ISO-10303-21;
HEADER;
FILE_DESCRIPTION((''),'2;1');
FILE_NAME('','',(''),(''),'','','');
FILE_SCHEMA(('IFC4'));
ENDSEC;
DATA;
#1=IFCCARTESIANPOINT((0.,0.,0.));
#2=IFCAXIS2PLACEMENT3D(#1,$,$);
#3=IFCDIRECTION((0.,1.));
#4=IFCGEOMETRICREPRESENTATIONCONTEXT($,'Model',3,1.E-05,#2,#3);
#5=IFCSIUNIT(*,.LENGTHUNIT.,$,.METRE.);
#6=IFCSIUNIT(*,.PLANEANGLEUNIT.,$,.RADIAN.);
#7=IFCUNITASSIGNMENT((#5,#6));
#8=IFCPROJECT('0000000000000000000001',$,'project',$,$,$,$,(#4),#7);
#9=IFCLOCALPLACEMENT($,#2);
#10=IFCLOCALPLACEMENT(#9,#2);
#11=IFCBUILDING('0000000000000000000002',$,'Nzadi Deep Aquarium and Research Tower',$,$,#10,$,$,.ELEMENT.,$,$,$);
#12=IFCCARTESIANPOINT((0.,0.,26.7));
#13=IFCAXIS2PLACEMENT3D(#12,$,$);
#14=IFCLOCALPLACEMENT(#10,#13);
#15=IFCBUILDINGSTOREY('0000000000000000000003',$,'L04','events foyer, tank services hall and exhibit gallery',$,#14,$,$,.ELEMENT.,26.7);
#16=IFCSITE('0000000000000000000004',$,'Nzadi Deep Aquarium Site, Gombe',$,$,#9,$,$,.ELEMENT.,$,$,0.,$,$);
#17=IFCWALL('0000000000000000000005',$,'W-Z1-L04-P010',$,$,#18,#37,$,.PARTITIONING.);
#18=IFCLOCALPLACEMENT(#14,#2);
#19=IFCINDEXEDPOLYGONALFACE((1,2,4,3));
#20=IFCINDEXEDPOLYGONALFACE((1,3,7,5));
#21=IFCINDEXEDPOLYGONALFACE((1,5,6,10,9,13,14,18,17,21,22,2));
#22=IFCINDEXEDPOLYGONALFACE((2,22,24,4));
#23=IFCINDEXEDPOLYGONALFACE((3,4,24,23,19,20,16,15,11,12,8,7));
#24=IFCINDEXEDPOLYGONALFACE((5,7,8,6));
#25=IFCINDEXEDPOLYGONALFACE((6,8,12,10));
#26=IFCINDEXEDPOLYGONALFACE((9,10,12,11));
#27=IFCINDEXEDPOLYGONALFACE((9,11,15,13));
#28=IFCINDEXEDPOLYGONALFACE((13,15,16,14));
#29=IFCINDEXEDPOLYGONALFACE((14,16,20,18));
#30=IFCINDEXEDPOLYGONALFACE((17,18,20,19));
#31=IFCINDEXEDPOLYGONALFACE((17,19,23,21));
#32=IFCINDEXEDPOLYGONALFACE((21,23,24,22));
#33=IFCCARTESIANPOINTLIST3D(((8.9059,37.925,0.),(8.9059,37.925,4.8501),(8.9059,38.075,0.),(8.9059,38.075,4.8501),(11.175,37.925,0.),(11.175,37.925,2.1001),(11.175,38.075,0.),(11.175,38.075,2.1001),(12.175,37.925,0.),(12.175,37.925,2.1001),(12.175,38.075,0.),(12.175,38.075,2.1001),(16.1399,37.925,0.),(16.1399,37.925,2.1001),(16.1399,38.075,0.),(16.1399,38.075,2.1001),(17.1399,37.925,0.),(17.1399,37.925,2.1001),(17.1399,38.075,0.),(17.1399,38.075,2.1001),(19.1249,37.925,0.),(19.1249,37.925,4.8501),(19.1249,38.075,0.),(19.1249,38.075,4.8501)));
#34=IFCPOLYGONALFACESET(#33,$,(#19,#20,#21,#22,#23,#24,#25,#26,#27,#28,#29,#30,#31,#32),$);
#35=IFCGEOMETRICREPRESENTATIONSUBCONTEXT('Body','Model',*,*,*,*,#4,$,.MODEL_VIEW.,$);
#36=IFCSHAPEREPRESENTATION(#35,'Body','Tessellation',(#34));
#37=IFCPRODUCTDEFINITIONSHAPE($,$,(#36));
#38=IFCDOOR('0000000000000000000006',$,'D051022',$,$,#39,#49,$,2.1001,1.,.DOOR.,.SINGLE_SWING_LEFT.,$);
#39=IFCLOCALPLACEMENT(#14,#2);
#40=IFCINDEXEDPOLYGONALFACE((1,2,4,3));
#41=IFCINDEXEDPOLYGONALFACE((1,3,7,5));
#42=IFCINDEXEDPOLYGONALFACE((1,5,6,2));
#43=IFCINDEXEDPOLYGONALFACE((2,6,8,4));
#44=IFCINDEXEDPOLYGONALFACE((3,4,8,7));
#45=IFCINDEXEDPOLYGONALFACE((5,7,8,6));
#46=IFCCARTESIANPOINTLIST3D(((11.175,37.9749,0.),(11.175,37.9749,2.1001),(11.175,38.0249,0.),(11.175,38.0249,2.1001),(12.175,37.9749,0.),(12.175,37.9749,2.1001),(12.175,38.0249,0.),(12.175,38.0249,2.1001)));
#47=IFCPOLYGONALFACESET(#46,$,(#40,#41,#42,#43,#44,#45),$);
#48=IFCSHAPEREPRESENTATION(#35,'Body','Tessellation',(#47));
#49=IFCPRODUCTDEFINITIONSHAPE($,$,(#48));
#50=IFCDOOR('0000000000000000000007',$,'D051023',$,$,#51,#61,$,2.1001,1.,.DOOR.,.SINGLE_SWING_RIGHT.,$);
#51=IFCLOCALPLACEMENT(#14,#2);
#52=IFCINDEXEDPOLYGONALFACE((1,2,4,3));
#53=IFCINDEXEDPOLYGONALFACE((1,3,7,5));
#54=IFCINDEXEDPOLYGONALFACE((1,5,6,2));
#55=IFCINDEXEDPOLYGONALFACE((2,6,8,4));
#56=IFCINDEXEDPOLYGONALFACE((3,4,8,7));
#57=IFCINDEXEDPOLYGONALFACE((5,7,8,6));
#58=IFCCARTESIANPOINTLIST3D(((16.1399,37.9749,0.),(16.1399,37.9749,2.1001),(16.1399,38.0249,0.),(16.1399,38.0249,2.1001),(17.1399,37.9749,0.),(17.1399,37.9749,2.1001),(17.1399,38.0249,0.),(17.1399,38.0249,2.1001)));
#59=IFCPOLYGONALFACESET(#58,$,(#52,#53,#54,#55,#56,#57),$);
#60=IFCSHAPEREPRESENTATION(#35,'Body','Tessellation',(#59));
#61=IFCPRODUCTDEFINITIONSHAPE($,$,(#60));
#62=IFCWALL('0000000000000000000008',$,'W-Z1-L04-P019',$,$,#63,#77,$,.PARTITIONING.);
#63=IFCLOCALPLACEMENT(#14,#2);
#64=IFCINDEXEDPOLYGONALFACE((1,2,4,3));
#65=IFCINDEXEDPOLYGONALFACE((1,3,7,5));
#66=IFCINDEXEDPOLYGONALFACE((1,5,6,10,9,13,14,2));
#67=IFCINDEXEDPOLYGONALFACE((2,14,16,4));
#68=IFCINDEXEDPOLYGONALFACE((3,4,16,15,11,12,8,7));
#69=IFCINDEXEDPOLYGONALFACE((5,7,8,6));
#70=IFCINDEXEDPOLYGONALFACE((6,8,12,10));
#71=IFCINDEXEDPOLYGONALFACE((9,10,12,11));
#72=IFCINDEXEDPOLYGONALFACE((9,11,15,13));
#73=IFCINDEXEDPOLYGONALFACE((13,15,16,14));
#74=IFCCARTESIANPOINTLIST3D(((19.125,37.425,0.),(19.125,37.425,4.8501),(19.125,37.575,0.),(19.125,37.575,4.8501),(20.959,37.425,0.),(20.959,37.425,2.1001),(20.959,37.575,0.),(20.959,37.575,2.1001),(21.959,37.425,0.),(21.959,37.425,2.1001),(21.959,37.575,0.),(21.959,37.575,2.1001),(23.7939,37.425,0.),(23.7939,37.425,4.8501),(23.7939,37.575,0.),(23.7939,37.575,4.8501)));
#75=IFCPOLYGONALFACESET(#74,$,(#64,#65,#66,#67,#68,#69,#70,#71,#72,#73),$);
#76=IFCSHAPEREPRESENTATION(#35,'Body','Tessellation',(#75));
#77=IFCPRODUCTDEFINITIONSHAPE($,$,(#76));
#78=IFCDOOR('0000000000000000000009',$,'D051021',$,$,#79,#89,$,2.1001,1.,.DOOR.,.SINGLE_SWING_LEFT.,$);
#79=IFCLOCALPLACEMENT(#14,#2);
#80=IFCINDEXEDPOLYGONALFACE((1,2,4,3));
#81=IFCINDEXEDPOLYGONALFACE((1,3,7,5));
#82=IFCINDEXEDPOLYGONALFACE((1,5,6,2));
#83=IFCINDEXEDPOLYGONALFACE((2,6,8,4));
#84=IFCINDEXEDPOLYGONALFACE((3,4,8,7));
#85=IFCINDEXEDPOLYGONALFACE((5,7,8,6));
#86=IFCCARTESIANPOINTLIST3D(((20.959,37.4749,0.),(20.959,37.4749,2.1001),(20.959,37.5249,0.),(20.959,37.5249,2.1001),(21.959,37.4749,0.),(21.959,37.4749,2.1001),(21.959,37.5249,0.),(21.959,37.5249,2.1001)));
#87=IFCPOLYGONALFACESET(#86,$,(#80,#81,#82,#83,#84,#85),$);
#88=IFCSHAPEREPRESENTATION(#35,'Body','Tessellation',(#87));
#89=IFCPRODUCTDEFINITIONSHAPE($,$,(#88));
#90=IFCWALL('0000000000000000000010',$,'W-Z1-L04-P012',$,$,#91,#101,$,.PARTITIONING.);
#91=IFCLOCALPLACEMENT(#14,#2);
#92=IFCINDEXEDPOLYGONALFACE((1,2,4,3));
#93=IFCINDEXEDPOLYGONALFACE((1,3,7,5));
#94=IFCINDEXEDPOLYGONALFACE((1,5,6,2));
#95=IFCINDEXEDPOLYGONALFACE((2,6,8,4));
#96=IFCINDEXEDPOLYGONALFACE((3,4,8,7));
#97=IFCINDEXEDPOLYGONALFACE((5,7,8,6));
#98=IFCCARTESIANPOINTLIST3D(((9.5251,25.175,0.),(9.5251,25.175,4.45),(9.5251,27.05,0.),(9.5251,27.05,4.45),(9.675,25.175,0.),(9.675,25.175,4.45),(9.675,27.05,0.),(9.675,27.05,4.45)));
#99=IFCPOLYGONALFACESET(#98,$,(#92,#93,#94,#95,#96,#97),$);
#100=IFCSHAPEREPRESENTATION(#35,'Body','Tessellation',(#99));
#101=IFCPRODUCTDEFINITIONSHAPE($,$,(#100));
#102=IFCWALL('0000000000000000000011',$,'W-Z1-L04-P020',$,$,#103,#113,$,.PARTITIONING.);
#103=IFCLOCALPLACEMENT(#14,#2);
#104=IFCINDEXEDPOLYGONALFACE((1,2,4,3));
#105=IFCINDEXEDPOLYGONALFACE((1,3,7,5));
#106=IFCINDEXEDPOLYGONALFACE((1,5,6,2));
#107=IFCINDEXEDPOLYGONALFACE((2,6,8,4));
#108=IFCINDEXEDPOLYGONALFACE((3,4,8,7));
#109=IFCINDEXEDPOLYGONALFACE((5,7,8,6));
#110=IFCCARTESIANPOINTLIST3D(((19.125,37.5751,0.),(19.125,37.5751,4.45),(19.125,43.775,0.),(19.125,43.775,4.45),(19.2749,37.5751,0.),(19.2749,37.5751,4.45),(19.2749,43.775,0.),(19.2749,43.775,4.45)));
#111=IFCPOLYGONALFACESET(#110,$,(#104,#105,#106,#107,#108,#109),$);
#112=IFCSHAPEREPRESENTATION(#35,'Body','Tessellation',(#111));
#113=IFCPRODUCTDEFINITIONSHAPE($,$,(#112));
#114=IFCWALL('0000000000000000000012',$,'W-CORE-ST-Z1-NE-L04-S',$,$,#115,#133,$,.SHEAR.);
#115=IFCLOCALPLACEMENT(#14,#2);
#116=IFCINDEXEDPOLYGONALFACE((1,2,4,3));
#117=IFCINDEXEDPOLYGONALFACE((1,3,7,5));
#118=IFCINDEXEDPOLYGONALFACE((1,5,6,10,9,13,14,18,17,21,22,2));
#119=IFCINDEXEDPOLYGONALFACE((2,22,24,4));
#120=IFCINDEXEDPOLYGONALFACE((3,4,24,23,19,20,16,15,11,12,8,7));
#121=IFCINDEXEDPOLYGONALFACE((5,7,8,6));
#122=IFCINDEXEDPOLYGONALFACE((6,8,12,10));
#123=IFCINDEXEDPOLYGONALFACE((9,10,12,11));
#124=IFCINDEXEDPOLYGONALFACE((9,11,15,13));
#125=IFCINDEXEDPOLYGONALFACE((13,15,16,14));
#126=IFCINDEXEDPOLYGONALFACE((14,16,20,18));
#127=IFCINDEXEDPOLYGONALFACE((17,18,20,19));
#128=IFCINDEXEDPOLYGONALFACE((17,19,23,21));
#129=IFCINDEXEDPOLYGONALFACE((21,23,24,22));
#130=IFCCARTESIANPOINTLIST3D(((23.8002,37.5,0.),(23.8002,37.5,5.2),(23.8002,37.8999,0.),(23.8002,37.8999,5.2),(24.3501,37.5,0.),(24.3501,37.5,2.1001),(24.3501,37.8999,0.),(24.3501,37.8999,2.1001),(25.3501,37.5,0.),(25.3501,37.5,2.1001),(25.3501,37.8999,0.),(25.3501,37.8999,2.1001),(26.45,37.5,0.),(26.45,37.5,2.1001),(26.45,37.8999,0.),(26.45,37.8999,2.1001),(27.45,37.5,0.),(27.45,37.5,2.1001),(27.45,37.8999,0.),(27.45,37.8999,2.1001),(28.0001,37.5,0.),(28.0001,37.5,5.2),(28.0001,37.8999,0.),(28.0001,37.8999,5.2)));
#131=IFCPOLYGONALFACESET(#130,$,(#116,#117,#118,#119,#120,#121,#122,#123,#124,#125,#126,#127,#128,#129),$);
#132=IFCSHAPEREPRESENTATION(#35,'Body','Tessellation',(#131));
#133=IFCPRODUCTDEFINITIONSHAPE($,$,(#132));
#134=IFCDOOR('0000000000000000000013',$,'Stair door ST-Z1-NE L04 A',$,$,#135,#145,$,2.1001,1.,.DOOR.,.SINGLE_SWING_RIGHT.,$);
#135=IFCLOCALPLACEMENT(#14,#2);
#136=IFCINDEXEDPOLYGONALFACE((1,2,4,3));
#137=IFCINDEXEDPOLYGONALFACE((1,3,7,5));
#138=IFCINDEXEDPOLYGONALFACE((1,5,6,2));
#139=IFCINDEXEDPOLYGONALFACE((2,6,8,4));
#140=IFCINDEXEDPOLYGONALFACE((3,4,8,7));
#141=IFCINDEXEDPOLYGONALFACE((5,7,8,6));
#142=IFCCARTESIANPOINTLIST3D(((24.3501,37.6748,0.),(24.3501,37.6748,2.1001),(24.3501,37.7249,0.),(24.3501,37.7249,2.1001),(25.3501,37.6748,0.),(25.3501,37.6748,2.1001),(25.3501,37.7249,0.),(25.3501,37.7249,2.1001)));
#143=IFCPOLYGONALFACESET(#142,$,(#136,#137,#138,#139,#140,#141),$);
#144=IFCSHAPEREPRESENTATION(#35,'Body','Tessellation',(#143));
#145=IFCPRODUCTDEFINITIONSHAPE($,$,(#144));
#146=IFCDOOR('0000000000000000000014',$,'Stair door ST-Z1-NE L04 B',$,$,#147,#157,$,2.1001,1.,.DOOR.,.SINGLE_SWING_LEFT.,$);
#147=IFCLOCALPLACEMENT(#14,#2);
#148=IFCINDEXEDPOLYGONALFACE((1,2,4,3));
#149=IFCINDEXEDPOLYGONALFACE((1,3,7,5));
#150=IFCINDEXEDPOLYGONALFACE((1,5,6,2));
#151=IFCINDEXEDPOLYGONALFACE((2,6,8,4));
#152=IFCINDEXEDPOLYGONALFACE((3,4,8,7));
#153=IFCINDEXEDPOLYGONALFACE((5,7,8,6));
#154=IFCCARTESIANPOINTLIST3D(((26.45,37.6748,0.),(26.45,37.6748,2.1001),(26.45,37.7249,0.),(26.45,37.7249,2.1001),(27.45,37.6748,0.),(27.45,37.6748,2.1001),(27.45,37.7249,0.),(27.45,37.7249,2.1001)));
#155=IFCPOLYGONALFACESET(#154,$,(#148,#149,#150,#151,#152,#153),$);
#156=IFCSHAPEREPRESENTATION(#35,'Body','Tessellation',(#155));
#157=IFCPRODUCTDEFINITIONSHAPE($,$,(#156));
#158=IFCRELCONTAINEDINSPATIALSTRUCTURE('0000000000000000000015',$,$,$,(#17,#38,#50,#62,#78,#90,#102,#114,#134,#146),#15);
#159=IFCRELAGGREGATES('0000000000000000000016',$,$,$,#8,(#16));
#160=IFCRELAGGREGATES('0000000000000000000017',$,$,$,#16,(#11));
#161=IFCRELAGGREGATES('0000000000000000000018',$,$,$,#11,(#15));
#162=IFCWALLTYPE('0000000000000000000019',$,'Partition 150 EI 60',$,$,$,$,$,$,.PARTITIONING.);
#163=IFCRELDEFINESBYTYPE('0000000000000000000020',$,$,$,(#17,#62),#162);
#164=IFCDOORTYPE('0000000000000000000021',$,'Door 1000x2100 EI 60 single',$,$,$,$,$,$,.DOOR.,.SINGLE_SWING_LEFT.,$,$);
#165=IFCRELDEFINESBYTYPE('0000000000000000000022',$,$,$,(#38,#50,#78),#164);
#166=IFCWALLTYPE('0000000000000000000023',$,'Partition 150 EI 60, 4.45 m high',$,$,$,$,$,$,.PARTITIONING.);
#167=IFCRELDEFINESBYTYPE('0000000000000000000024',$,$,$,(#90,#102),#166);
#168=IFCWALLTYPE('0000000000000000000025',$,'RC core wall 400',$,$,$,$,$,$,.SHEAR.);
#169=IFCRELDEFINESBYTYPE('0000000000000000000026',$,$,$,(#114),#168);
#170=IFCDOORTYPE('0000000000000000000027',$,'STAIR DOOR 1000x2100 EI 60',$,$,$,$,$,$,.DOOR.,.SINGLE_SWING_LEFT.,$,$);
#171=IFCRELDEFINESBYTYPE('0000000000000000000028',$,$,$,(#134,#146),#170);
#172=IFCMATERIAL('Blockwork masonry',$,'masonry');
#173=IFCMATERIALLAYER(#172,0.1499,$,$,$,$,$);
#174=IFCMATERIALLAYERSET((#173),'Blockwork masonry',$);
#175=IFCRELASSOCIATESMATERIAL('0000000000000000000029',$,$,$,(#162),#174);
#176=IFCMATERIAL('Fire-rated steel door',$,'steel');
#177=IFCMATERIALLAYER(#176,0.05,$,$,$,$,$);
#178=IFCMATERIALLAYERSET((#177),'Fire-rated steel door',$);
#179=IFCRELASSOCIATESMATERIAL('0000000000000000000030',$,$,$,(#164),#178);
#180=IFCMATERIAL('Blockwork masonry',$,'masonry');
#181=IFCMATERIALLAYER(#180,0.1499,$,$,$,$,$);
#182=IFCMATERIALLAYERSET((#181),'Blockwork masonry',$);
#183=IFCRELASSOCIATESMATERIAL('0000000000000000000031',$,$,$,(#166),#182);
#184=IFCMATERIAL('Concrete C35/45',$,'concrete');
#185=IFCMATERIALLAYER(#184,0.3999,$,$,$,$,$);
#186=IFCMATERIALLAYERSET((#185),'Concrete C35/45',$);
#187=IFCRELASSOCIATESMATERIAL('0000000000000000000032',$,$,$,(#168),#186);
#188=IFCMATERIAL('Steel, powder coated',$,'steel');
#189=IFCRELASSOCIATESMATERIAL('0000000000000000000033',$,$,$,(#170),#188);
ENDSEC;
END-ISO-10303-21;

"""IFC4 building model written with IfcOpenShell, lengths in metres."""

from ifc_helpers import new_model, si_unit, direction, frame, frame_2d, origin, place, context, subcontext, project, spatial, rectangle, extrude, material, layer, layer_set, type_object, element, fill, save


model = new_model("IFC4")

# Units and contexts
model_context = context("Model", 3, precision=1e-05, world=origin(), true_north=direction((0.0, 1.0)))
body_context = subcontext(model_context, "Body", "Model", "MODEL_VIEW")
ifc_project = project(units=[si_unit("LENGTHUNIT", "METRE"), si_unit("PLANEANGLEUNIT", "RADIAN")], contexts=[model_context])

# Site, building, storey
site_placement = place(None, origin())
site = spatial("IfcSite", under=ifc_project, at=site_placement, Name="Nzadi Deep Aquarium Site, Gombe", CompositionType="ELEMENT", RefElevation=0.0)
building_placement = place(site_placement, origin())
building = spatial("IfcBuilding", under=site, at=building_placement, Name="Nzadi Deep Aquarium and Research Tower", CompositionType="ELEMENT")
storey_placement = place(building_placement, frame((0.0, 0.0, 26.7)))
storey = spatial("IfcBuildingStorey", under=building, at=storey_placement, Name="L04", Description="events foyer, tank services hall and exhibit gallery", CompositionType="ELEMENT", Elevation=26.7)

# Wall, openings, doors
ifc_material_1 = material(Name="Blockwork masonry", Category="masonry")
ifc_layer_1 = layer(ifc_material_1, 0.1499)
ifc_layer_set_1 = layer_set([ifc_layer_1], Name="Blockwork masonry")
wall_type_1 = type_object("IfcWallType", Name="Partition 150 EI 60", PredefinedType="PARTITIONING", material=ifc_layer_set_1)
wall_1_placement = place(storey_placement, frame((8.906, 38.0, 0.0), z_axis=(0.0, 0.0, 1.0), x_axis=(1.0, 0.0, 0.0)))
wall_1 = element("IfcWall", 1, at=wall_1_placement, inside=storey, type_object=wall_type_1, Name="W-Z1-L04-P010", PredefinedType="PARTITIONING", context=body_context, shape_type="SweptSolid", body=[
    extrude(rectangle(XDim=10.219, YDim=0.1499, at=frame_2d((5.1094, 0.0))), origin(), (0.0, 0.0, 1.0), 4.8501),
])
opening_1_placement = place(wall_1_placement, frame((2.269, 0.0, 0.0)))
opening_1 = element("IfcOpeningElement", 2, at=opening_1_placement, cuts=wall_1, PredefinedType="OPENING", context=body_context, shape_type="SweptSolid", body=[
    extrude(rectangle(XDim=1.0, YDim=2.1001, at=frame_2d((0.5, 1.05))), frame((0.0, 0.085, 0.0), z_axis=(0.0, -1.0, 0.0), x_axis=(1.0, 0.0, 0.0)), (0.0, 0.0, 1.0), 0.1699),
])
opening_2_placement = place(wall_1_placement, frame((7.2339, 0.0, 0.0)))
opening_2 = element("IfcOpeningElement", 3, at=opening_2_placement, cuts=wall_1, PredefinedType="OPENING", context=body_context, shape_type="SweptSolid", body=[
    extrude(rectangle(XDim=1.0, YDim=2.1001, at=frame_2d((0.5, 1.05))), frame((0.0, 0.085, 0.0), z_axis=(0.0, -1.0, 0.0), x_axis=(1.0, 0.0, 0.0)), (0.0, 0.0, 1.0), 0.1699),
])
ifc_material_2 = material(Name="Fire-rated steel door", Category="steel")
ifc_layer_2 = layer(ifc_material_2, 0.05)
ifc_layer_set_2 = layer_set([ifc_layer_2], Name="Fire-rated steel door")
door_type_1 = type_object("IfcDoorType", Name="Door 1000x2100 EI 60 single", OperationType="SINGLE_SWING_LEFT", PredefinedType="DOOR", material=ifc_layer_set_2)
door_1_placement = place(opening_1_placement, origin())
door_1 = element("IfcDoor", 4, at=door_1_placement, inside=storey, type_object=door_type_1, Name="D051022", OperationType="SINGLE_SWING_LEFT", OverallHeight=2.1001, OverallWidth=1.0, PredefinedType="DOOR", context=body_context, shape_type="SweptSolid", body=[
    extrude(rectangle(XDim=1.0, YDim=2.1001, at=frame_2d((0.5, 1.05))), frame((0.0, 0.0249, 0.0), z_axis=(0.0, -1.0, 0.0), x_axis=(1.0, 0.0, 0.0)), (0.0, 0.0, 1.0), 0.05),
])
fill(opening_1, door_1)
door_2_placement = place(opening_2_placement, origin())
door_2 = element("IfcDoor", 5, at=door_2_placement, inside=storey, type_object=door_type_1, Name="D051023", OperationType="SINGLE_SWING_RIGHT", OverallHeight=2.1001, OverallWidth=1.0, PredefinedType="DOOR", context=body_context, shape_type="SweptSolid", body=[
    extrude(rectangle(XDim=1.0, YDim=2.1001, at=frame_2d((0.5, 1.05))), frame((0.0, 0.0249, 0.0), z_axis=(0.0, -1.0, 0.0), x_axis=(1.0, 0.0, 0.0)), (0.0, 0.0, 1.0), 0.05),
])
fill(opening_2, door_2)

# Wall, opening, door
wall_2_placement = place(storey_placement, frame((19.125, 37.5, 0.0), z_axis=(0.0, 0.0, 1.0), x_axis=(1.0, 0.0, 0.0)))
wall_2 = element("IfcWall", 6, at=wall_2_placement, inside=storey, type_object=wall_type_1, Name="W-Z1-L04-P019", PredefinedType="PARTITIONING", context=body_context, shape_type="SweptSolid", body=[
    extrude(rectangle(XDim=4.6689, YDim=0.1499, at=frame_2d((2.3345, 0.0))), origin(), (0.0, 0.0, 1.0), 4.8501),
])
opening_3_placement = place(wall_2_placement, frame((1.834, 0.0, 0.0)))
opening_3 = element("IfcOpeningElement", 7, at=opening_3_placement, cuts=wall_2, PredefinedType="OPENING", context=body_context, shape_type="SweptSolid", body=[
    extrude(rectangle(XDim=1.0, YDim=2.1001, at=frame_2d((0.5, 1.05))), frame((0.0, 0.085, 0.0), z_axis=(0.0, -1.0, 0.0), x_axis=(1.0, 0.0, 0.0)), (0.0, 0.0, 1.0), 0.1699),
])
door_3_placement = place(opening_3_placement, origin())
door_3 = element("IfcDoor", 8, at=door_3_placement, inside=storey, type_object=door_type_1, Name="D051021", OperationType="SINGLE_SWING_LEFT", OverallHeight=2.1001, OverallWidth=1.0, PredefinedType="DOOR", context=body_context, shape_type="SweptSolid", body=[
    extrude(rectangle(XDim=1.0, YDim=2.1001, at=frame_2d((0.5, 1.05))), frame((0.0, 0.0249, 0.0), z_axis=(0.0, -1.0, 0.0), x_axis=(1.0, 0.0, 0.0)), (0.0, 0.0, 1.0), 0.05),
])
fill(opening_3, door_3)

# Walls
ifc_material_3 = material(Name="Blockwork masonry", Category="masonry")
ifc_layer_3 = layer(ifc_material_3, 0.1499)
ifc_layer_set_3 = layer_set([ifc_layer_3], Name="Blockwork masonry")
wall_type_2 = type_object("IfcWallType", Name="Partition 150 EI 60, 4.45 m high", PredefinedType="PARTITIONING", material=ifc_layer_set_3)
wall_3_placement = place(storey_placement, frame((9.6001, 25.175, 0.0), z_axis=(0.0, 0.0, 1.0), x_axis=(0.0, 1.0, 0.0)))
element("IfcWall", 9, at=wall_3_placement, inside=storey, type_object=wall_type_2, Name="W-Z1-L04-P012", PredefinedType="PARTITIONING", context=body_context, shape_type="SweptSolid", body=[
    extrude(rectangle(XDim=1.875, YDim=0.1499, at=frame_2d((0.9375, 0.0))), origin(), (0.0, 0.0, 1.0), 4.45),
])
wall_4_placement = place(storey_placement, frame((19.2, 37.575, 0.0), z_axis=(0.0, 0.0, 1.0), x_axis=(0.0, 1.0, 0.0)))
element("IfcWall", 10, at=wall_4_placement, inside=storey, type_object=wall_type_2, Name="W-Z1-L04-P020", PredefinedType="PARTITIONING", context=body_context, shape_type="SweptSolid", body=[
    extrude(rectangle(XDim=6.2, YDim=0.1499, at=frame_2d((3.1001, 0.0))), origin(), (0.0, 0.0, 1.0), 4.45),
])

# Wall, openings, doors
ifc_material_4 = material(Name="Concrete C35/45", Category="concrete")
ifc_layer_4 = layer(ifc_material_4, 0.3999)
ifc_layer_set_4 = layer_set([ifc_layer_4], Name="Concrete C35/45")
wall_type_3 = type_object("IfcWallType", Name="RC core wall 400", PredefinedType="SHEAR", material=ifc_layer_set_4)
wall_5_placement = place(storey_placement, frame((23.8, 37.7, 0.0), z_axis=(0.0, 0.0, 1.0), x_axis=(1.0, 0.0, 0.0)))
wall_5 = element("IfcWall", 11, at=wall_5_placement, inside=storey, type_object=wall_type_3, Name="W-CORE-ST-Z1-NE-L04-S", PredefinedType="SHEAR", context=body_context, shape_type="SweptSolid", body=[
    extrude(rectangle(XDim=4.2, YDim=0.3999, at=frame_2d((2.1001, 0.0))), origin(), (0.0, 0.0, 1.0), 5.2),
])
opening_4_placement = place(wall_5_placement, frame((0.55, 0.0, 0.0)))
opening_4 = element("IfcOpeningElement", 12, at=opening_4_placement, cuts=wall_5, PredefinedType="OPENING", context=body_context, shape_type="SweptSolid", body=[
    extrude(rectangle(XDim=1.0, YDim=2.1001, at=frame_2d((0.5, 1.05))), frame((0.0, 0.21, 0.0), z_axis=(0.0, -1.0, 0.0), x_axis=(1.0, 0.0, 0.0)), (0.0, 0.0, 1.0), 0.4199),
])
opening_5_placement = place(wall_5_placement, frame((2.6499, 0.0, 0.0)))
opening_5 = element("IfcOpeningElement", 13, at=opening_5_placement, cuts=wall_5, PredefinedType="OPENING", context=body_context, shape_type="SweptSolid", body=[
    extrude(rectangle(XDim=1.0, YDim=2.1001, at=frame_2d((0.5, 1.05))), frame((0.0, 0.21, 0.0), z_axis=(0.0, -1.0, 0.0), x_axis=(1.0, 0.0, 0.0)), (0.0, 0.0, 1.0), 0.4199),
])
ifc_material_5 = material(Name="Steel, powder coated", Category="steel")
door_type_2 = type_object("IfcDoorType", Name="STAIR DOOR 1000x2100 EI 60", OperationType="SINGLE_SWING_LEFT", PredefinedType="DOOR", material=ifc_material_5)
door_4_placement = place(opening_4_placement, origin())
door_4 = element("IfcDoor", 14, at=door_4_placement, inside=storey, type_object=door_type_2, Name="Stair door ST-Z1-NE L04 A", OperationType="SINGLE_SWING_RIGHT", OverallHeight=2.1001, OverallWidth=1.0, PredefinedType="DOOR", context=body_context, shape_type="SweptSolid", body=[
    extrude(rectangle(XDim=1.0, YDim=2.1001, at=frame_2d((0.5, 1.05))), frame((0.0, 0.0249, 0.0), z_axis=(0.0, -1.0, 0.0), x_axis=(1.0, 0.0, 0.0)), (0.0, 0.0, 1.0), 0.05),
])
fill(opening_4, door_4)
door_5_placement = place(opening_5_placement, origin())
door_5 = element("IfcDoor", 15, at=door_5_placement, inside=storey, type_object=door_type_2, Name="Stair door ST-Z1-NE L04 B", OperationType="SINGLE_SWING_LEFT", OverallHeight=2.1001, OverallWidth=1.0, PredefinedType="DOOR", context=body_context, shape_type="SweptSolid", body=[
    extrude(rectangle(XDim=1.0, YDim=2.1001, at=frame_2d((0.5, 1.05))), frame((0.0, 0.0249, 0.0), z_axis=(0.0, -1.0, 0.0), x_axis=(1.0, 0.0, 0.0)), (0.0, 0.0, 1.0), 0.05),
])
fill(opening_5, door_5)

save(model, "model.ifc")
